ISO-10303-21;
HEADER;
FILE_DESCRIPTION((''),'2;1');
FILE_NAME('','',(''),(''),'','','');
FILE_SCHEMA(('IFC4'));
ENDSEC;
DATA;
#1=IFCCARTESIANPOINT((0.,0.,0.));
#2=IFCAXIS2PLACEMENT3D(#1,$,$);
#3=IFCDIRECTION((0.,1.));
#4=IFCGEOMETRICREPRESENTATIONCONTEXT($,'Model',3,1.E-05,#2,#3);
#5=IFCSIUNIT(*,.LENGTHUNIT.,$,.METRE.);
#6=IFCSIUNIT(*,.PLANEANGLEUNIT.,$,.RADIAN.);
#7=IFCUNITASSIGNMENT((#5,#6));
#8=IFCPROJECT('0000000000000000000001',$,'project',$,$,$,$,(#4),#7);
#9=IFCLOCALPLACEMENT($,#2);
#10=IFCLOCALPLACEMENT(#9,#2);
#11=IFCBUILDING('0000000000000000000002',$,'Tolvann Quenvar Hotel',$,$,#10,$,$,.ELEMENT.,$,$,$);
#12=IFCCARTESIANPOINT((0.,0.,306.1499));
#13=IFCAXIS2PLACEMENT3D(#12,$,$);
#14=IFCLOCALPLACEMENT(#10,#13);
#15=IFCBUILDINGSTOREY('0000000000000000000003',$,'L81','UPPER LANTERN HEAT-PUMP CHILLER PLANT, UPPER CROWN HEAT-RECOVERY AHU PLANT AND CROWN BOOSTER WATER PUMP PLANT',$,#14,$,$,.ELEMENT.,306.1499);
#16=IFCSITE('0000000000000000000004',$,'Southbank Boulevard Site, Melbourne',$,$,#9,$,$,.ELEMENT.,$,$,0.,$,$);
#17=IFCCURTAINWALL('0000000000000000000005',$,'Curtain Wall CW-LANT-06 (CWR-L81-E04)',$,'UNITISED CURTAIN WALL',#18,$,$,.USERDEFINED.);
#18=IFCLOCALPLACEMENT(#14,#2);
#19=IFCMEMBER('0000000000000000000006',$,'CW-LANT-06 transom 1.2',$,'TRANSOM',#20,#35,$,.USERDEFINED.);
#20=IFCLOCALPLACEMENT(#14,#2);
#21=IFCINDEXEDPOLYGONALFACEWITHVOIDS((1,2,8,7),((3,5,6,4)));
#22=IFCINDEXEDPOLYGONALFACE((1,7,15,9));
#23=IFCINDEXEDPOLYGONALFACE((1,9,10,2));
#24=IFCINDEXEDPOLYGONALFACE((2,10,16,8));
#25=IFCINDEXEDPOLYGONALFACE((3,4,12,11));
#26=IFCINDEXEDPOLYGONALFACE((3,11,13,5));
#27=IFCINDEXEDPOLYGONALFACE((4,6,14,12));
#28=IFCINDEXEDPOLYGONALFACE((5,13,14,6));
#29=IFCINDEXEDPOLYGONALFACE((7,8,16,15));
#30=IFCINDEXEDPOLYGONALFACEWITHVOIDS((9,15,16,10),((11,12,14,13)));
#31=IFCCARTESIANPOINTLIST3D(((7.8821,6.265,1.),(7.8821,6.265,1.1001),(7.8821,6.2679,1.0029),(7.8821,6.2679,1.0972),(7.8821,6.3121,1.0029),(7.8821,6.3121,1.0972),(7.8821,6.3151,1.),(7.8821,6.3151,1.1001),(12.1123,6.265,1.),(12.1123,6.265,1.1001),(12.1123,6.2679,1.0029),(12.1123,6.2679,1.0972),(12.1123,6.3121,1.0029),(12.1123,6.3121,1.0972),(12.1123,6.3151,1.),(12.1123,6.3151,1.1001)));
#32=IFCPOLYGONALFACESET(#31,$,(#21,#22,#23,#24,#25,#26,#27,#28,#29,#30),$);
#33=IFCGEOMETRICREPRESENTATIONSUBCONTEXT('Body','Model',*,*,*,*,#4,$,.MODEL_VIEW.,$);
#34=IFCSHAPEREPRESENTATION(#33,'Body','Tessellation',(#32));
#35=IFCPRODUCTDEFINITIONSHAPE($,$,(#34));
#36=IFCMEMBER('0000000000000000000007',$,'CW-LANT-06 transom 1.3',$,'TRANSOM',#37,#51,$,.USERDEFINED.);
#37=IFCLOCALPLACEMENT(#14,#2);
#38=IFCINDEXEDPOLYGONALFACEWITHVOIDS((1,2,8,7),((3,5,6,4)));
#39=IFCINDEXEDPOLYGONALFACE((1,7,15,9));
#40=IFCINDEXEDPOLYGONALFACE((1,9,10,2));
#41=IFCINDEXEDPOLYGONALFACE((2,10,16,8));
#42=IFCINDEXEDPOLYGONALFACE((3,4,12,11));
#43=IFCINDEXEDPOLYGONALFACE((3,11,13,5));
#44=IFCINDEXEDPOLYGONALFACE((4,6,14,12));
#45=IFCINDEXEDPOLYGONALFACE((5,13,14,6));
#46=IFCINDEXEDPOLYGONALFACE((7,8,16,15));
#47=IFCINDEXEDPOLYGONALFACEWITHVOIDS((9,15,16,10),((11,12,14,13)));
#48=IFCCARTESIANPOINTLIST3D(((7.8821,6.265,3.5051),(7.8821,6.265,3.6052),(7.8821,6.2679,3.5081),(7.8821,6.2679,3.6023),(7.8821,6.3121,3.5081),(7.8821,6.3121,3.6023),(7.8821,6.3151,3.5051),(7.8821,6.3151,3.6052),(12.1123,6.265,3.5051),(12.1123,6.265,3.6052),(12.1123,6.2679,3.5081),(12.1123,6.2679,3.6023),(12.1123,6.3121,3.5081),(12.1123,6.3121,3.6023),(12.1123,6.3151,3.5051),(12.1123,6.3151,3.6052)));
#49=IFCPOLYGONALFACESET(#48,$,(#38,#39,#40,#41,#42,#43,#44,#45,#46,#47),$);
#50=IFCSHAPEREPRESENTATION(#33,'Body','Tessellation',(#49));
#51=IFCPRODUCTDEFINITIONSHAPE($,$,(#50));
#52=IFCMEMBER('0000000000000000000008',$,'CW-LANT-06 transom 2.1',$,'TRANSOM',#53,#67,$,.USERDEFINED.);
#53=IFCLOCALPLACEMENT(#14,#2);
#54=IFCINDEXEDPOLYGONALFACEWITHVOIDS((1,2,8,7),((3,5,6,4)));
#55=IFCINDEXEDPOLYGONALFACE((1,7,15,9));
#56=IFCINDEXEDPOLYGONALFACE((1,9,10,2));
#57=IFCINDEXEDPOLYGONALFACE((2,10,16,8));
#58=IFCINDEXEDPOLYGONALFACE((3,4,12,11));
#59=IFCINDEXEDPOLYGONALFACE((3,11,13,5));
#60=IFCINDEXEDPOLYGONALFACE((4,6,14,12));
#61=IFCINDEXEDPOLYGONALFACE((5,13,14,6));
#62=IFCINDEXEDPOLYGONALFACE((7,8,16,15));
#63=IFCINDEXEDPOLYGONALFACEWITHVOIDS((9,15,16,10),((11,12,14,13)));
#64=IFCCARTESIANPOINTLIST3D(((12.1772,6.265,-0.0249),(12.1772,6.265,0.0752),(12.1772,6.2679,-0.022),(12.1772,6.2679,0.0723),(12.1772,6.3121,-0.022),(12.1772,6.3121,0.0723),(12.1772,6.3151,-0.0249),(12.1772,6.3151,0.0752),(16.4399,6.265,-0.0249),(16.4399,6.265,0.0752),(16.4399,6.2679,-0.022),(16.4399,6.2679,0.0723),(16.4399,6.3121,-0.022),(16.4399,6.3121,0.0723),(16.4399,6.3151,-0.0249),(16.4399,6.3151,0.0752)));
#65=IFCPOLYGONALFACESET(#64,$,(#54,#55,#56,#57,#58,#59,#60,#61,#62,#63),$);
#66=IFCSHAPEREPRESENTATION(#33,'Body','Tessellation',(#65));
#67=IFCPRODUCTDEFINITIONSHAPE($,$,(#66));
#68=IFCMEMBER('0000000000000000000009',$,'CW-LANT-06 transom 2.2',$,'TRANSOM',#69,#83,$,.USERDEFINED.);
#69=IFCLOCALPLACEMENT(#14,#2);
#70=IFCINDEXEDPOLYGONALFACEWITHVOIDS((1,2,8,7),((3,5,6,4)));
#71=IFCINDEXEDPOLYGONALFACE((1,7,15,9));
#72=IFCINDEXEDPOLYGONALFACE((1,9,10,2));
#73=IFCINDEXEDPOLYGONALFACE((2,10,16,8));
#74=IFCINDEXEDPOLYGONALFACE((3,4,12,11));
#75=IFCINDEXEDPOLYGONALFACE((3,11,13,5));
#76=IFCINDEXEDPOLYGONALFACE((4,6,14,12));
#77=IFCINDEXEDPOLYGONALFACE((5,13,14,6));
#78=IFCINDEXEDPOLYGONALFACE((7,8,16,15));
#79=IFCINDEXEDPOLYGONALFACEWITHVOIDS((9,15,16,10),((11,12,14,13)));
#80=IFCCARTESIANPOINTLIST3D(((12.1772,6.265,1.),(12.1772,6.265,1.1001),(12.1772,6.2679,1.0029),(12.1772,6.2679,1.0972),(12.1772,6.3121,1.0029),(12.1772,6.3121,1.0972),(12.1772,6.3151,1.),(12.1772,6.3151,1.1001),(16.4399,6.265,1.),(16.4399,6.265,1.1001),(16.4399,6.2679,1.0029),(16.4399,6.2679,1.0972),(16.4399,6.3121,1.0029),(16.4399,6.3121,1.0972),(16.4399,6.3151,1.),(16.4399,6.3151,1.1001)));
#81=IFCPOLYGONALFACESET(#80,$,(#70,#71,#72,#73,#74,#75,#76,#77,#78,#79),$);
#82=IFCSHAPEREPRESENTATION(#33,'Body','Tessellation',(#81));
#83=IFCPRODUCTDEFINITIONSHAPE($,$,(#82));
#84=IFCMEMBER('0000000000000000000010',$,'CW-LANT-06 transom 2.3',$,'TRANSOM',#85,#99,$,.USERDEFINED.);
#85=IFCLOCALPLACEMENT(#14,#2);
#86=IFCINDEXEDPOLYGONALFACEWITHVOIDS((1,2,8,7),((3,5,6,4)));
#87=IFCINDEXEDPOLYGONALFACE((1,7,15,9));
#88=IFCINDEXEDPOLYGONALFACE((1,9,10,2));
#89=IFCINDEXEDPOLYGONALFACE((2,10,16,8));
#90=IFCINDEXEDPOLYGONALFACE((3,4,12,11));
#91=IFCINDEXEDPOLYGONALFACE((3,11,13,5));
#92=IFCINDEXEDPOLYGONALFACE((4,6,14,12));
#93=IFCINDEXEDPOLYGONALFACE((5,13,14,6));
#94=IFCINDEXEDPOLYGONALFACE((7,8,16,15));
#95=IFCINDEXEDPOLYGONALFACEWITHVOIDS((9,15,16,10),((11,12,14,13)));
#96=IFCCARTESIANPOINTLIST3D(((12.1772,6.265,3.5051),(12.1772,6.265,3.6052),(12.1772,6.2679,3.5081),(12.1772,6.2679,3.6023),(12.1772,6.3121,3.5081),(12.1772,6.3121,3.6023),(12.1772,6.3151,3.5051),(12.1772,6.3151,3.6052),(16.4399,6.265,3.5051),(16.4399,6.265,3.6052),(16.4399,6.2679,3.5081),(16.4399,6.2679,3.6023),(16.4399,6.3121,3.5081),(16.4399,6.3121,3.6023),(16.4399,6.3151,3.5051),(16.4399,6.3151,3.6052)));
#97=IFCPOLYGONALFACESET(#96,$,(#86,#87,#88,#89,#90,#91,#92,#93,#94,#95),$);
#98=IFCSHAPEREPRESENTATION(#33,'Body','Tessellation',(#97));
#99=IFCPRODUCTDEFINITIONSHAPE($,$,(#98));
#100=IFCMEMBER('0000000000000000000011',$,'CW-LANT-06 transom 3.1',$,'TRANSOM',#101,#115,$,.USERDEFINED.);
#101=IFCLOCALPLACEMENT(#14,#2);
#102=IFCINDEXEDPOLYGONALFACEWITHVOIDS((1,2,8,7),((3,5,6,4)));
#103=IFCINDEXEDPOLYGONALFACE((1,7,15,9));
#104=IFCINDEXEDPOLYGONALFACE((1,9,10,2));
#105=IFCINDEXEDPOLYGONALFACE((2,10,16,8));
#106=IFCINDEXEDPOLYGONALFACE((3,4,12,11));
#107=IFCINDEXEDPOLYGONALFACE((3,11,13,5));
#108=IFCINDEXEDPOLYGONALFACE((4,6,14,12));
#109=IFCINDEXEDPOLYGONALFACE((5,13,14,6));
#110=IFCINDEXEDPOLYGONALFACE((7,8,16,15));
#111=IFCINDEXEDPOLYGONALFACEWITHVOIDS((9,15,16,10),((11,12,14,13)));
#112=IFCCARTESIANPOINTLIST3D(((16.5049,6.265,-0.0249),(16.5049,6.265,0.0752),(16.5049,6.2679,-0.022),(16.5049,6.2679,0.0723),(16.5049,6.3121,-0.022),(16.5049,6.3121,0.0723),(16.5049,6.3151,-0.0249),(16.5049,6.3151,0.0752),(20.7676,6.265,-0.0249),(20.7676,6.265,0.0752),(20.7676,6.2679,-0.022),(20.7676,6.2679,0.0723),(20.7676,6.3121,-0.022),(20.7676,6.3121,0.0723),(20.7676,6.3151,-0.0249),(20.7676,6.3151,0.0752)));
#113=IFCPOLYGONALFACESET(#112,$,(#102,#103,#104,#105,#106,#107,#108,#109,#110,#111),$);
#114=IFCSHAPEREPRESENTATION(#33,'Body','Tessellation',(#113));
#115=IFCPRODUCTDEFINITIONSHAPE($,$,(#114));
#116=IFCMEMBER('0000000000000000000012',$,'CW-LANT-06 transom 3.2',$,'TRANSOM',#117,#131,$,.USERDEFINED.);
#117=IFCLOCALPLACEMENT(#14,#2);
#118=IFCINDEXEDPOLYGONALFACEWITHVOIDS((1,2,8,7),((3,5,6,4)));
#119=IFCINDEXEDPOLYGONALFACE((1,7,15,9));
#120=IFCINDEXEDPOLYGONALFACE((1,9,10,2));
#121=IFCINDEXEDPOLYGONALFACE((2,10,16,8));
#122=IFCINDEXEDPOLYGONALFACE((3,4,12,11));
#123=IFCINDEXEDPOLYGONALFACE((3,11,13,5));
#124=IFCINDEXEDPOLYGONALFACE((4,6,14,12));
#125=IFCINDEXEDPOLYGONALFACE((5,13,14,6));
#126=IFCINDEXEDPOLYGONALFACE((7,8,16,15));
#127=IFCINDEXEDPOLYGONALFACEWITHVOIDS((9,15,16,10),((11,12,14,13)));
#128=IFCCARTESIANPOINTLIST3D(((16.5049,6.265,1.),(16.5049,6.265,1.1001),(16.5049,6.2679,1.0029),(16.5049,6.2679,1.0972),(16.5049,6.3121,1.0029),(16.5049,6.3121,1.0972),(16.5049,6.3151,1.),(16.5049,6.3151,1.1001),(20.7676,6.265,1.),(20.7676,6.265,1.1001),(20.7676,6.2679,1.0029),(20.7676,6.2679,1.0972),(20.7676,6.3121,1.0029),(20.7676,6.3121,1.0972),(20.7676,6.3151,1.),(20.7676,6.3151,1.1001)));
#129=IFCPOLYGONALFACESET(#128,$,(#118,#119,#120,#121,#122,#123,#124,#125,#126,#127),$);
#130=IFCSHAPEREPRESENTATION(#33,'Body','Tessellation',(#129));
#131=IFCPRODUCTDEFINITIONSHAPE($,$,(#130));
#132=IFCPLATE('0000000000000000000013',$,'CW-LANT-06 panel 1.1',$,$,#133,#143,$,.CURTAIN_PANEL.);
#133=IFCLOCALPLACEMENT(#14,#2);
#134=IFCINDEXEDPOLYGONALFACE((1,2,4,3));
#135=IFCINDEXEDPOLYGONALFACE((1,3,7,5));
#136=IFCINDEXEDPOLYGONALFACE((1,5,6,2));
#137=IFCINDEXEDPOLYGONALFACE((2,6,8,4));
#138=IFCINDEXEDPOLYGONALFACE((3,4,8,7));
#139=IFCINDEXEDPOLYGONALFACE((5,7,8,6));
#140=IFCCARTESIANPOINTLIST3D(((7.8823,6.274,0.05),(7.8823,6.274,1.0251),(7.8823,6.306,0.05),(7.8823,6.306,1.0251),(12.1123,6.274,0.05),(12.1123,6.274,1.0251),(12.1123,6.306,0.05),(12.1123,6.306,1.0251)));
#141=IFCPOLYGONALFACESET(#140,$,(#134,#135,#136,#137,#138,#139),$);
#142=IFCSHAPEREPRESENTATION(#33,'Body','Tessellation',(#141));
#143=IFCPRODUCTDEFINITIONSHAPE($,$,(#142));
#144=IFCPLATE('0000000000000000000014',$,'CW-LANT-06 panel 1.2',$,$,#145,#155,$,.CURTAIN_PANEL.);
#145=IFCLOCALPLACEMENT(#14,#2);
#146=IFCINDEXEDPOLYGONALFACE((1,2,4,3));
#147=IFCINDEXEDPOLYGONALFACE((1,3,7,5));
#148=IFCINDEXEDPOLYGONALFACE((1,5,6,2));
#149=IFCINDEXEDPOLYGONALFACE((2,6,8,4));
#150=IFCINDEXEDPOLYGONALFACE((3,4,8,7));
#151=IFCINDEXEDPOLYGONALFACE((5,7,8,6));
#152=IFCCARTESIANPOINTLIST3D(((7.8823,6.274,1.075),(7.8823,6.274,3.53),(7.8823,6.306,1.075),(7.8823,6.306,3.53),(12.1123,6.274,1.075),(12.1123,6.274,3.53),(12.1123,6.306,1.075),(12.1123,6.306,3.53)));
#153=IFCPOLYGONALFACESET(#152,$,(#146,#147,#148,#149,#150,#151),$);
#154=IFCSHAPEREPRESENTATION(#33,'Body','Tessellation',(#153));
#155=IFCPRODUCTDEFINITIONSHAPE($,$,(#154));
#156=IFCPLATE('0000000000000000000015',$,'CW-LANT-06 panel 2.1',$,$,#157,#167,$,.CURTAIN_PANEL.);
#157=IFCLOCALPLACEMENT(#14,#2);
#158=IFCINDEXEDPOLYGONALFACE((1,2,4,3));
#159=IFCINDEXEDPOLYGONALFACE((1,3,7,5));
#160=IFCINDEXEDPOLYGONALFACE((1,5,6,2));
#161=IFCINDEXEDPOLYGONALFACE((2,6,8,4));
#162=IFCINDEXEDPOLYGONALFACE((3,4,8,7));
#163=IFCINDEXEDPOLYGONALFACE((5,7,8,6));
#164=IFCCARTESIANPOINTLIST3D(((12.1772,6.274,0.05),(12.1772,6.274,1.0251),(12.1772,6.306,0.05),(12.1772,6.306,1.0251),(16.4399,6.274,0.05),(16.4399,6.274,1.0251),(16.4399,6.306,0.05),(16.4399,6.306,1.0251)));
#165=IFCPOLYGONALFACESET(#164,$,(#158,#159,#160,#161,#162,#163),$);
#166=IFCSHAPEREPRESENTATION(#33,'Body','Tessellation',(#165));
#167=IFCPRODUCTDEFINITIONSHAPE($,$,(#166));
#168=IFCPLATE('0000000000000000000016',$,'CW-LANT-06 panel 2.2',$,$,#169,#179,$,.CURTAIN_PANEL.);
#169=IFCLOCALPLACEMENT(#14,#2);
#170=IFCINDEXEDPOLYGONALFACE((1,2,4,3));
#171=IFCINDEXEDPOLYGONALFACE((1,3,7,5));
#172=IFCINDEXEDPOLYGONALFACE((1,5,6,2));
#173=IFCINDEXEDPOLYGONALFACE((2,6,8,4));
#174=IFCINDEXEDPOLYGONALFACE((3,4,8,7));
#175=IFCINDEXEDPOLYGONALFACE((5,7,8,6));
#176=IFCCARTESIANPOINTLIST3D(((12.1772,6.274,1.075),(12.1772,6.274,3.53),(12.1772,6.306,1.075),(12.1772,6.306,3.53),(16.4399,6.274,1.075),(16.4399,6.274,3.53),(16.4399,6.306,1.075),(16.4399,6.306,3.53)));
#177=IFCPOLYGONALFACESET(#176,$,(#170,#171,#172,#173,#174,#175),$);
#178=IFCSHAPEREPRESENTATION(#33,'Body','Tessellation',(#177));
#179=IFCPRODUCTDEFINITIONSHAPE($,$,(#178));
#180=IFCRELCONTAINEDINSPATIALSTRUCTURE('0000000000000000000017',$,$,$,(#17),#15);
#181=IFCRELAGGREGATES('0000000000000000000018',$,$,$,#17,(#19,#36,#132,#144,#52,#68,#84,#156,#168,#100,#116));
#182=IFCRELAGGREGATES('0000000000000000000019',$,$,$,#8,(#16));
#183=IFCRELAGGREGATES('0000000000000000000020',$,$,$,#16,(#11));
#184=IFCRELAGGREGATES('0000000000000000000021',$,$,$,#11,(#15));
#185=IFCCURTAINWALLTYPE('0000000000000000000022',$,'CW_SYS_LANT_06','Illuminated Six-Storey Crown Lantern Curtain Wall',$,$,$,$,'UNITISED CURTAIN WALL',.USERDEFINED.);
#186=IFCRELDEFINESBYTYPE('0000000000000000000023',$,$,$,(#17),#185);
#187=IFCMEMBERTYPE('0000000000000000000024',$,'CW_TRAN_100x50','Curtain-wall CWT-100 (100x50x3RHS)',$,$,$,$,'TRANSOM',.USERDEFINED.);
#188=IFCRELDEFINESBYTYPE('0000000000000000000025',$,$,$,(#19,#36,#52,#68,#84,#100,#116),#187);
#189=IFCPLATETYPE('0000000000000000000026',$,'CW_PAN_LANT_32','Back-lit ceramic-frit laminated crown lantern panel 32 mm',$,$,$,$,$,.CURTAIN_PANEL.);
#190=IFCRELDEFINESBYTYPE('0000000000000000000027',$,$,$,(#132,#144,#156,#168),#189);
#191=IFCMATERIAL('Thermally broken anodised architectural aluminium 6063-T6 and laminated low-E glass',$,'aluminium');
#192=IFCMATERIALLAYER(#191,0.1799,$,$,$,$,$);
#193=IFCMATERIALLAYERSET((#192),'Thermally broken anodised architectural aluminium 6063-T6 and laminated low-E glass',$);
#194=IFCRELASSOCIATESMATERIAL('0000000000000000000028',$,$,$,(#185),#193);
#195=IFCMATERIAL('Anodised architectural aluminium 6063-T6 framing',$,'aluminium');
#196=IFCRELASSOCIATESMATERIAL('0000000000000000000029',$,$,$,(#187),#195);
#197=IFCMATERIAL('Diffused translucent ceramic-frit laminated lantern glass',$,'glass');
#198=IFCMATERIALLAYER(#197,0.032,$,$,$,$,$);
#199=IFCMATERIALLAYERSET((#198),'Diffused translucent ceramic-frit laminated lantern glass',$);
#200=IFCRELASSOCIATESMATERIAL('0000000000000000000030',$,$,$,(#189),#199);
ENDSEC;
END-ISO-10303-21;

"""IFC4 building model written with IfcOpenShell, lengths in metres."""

from ifc_helpers import new_model, si_unit, direction, frame, origin, origin_2d, place, context, subcontext, project, spatial, rectangle, hollow_rectangle, extrude, source, transform, mapped, material, layer, layer_set, material_profile, profile_set, type_object, type_shapes, element, aggregate, save


model = new_model("IFC4")

# Units and contexts
model_context = context("Model", 3, precision=1e-05, world=origin(), true_north=direction((0.0, 1.0)))
body_context = subcontext(model_context, "Body", "Model", "MODEL_VIEW")
ifc_project = project(units=[si_unit("LENGTHUNIT", "METRE"), si_unit("PLANEANGLEUNIT", "RADIAN")], contexts=[model_context])

# Site, building, storey
site_placement = place(None, origin())
site = spatial("IfcSite", under=ifc_project, at=site_placement, Name="Southbank Boulevard Site, Melbourne", CompositionType="ELEMENT", RefElevation=0.0)
building_placement = place(site_placement, origin())
building = spatial("IfcBuilding", under=site, at=building_placement, Name="Tolvann Quenvar Hotel", CompositionType="ELEMENT")
storey_placement = place(building_placement, frame((0.0, 0.0, 306.1499)))
storey = spatial("IfcBuildingStorey", under=building, at=storey_placement, Name="L81", Description="UPPER LANTERN HEAT-PUMP CHILLER PLANT, UPPER CROWN HEAT-RECOVERY AHU PLANT AND CROWN BOOSTER WATER PUMP PLANT", CompositionType="ELEMENT", Elevation=306.1499)

# Shared definitions
ifc_material_1 = material(Name="Thermally broken anodised architectural aluminium 6063-T6 and laminated low-E glass", Category="aluminium")
ifc_layer_1 = layer(ifc_material_1, 0.1799)
ifc_layer_set_1 = layer_set([ifc_layer_1], Name="Thermally broken anodised architectural aluminium 6063-T6 and laminated low-E glass")
curtain_wall_type = type_object("IfcCurtainWallType", Name="CW_SYS_LANT_06", Description="Illuminated Six-Storey Crown Lantern Curtain Wall", ElementType="UNITISED CURTAIN WALL", PredefinedType="USERDEFINED", material=ifc_layer_set_1)
ifc_material_2 = material(Name="Anodised architectural aluminium 6063-T6 framing", Category="aluminium")

# Curtain wall, members, plates
curtain_wall_1_placement = place(storey_placement, origin())
curtain_wall_1 = element("IfcCurtainWall", 1, at=curtain_wall_1_placement, inside=storey, type_object=curtain_wall_type, Name="Curtain Wall CW-LANT-06 (CWR-L81-E04)", ObjectType="UNITISED CURTAIN WALL", PredefinedType="USERDEFINED")
ifc_material_profile_1 = material_profile(ifc_material_2, hollow_rectangle(XDim=0.05, YDim=0.1001, WallThickness=0.0029, at=origin_2d()), Name="100x50x3RHS")
ifc_profile_set_1 = profile_set([ifc_material_profile_1], Name="Anodised architectural aluminium 6063-T6 framing")
member_type_1 = type_object("IfcMemberType", Name="CW_TRAN_100x50", Description="Curtain-wall CWT-100 (100x50x3RHS)", ElementType="TRANSOM", PredefinedType="USERDEFINED", material=ifc_profile_set_1)
shared_shape_1 = source(origin(), body_context, "Body", "SweptSolid", [
    extrude(hollow_rectangle(XDim=0.05, YDim=0.1001, WallThickness=0.0029, at=origin_2d()), origin(), (0.0, 0.0, 1.0), 4.2302),
])
member_1_placement = place(storey_placement, frame((7.8821, 6.29, 1.05), z_axis=(1.0, 0.0, 0.0), x_axis=(0.0, 1.0, 0.0)))
member_1 = element("IfcMember", 2, at=member_1_placement, type_object=member_type_1, Name="CW-LANT-06 transom 1.2", ObjectType="TRANSOM", PredefinedType="USERDEFINED", context=body_context, shape_type="MappedRepresentation", body=[
    mapped(shared_shape_1, transform((0.0, 0.0, 0.0), x_axis=(1.0, 0.0, 0.0), y_axis=(0.0, 1.0, 0.0), z_axis=(0.0, 0.0, 1.0), scale=1.0)),
])
member_2_placement = place(storey_placement, frame((7.8821, 6.29, 3.5552), z_axis=(1.0, 0.0, 0.0), x_axis=(0.0, 1.0, 0.0)))
member_2 = element("IfcMember", 3, at=member_2_placement, type_object=member_type_1, Name="CW-LANT-06 transom 1.3", ObjectType="TRANSOM", PredefinedType="USERDEFINED", context=body_context, shape_type="MappedRepresentation", body=[
    mapped(shared_shape_1, transform((0.0, 0.0, 0.0), x_axis=(1.0, 0.0, 0.0), y_axis=(0.0, 1.0, 0.0), z_axis=(0.0, 0.0, 1.0), scale=1.0)),
])
shared_shape_2 = source(origin(), body_context, "Body", "SweptSolid", [
    extrude(hollow_rectangle(XDim=0.05, YDim=0.1001, WallThickness=0.0029, at=origin_2d()), origin(), (0.0, 0.0, 1.0), 4.2627),
])
type_shapes(member_type_1, [shared_shape_1, shared_shape_2])
member_3_placement = place(storey_placement, frame((12.1772, 6.29, 0.0251), z_axis=(1.0, 0.0, 0.0), x_axis=(0.0, 1.0, 0.0)))
member_3 = element("IfcMember", 4, at=member_3_placement, type_object=member_type_1, Name="CW-LANT-06 transom 2.1", ObjectType="TRANSOM", PredefinedType="USERDEFINED", context=body_context, shape_type="MappedRepresentation", body=[
    mapped(shared_shape_2, transform((0.0, 0.0, 0.0), x_axis=(1.0, 0.0, 0.0), y_axis=(0.0, 1.0, 0.0), z_axis=(0.0, 0.0, 1.0), scale=1.0)),
])
member_4_placement = place(storey_placement, frame((12.1772, 6.29, 1.05), z_axis=(1.0, 0.0, 0.0), x_axis=(0.0, 1.0, 0.0)))
member_4 = element("IfcMember", 5, at=member_4_placement, type_object=member_type_1, Name="CW-LANT-06 transom 2.2", ObjectType="TRANSOM", PredefinedType="USERDEFINED", context=body_context, shape_type="MappedRepresentation", body=[
    mapped(shared_shape_2, transform((0.0, 0.0, 0.0), x_axis=(1.0, 0.0, 0.0), y_axis=(0.0, 1.0, 0.0), z_axis=(0.0, 0.0, 1.0), scale=1.0)),
])
member_5_placement = place(storey_placement, frame((12.1772, 6.29, 3.5552), z_axis=(1.0, 0.0, 0.0), x_axis=(0.0, 1.0, 0.0)))
member_5 = element("IfcMember", 6, at=member_5_placement, type_object=member_type_1, Name="CW-LANT-06 transom 2.3", ObjectType="TRANSOM", PredefinedType="USERDEFINED", context=body_context, shape_type="MappedRepresentation", body=[
    mapped(shared_shape_2, transform((0.0, 0.0, 0.0), x_axis=(1.0, 0.0, 0.0), y_axis=(0.0, 1.0, 0.0), z_axis=(0.0, 0.0, 1.0), scale=1.0)),
])
member_6_placement = place(storey_placement, frame((16.5049, 6.29, 0.0251), z_axis=(1.0, 0.0, 0.0), x_axis=(0.0, 1.0, 0.0)))
member_6 = element("IfcMember", 7, at=member_6_placement, type_object=member_type_1, Name="CW-LANT-06 transom 3.1", ObjectType="TRANSOM", PredefinedType="USERDEFINED", context=body_context, shape_type="MappedRepresentation", body=[
    mapped(shared_shape_2, transform((0.0, 0.0, 0.0), x_axis=(1.0, 0.0, 0.0), y_axis=(0.0, 1.0, 0.0), z_axis=(0.0, 0.0, 1.0), scale=1.0)),
])
member_7_placement = place(storey_placement, frame((16.5049, 6.29, 1.05), z_axis=(1.0, 0.0, 0.0), x_axis=(0.0, 1.0, 0.0)))
member_7 = element("IfcMember", 8, at=member_7_placement, type_object=member_type_1, Name="CW-LANT-06 transom 3.2", ObjectType="TRANSOM", PredefinedType="USERDEFINED", context=body_context, shape_type="MappedRepresentation", body=[
    mapped(shared_shape_2, transform((0.0, 0.0, 0.0), x_axis=(1.0, 0.0, 0.0), y_axis=(0.0, 1.0, 0.0), z_axis=(0.0, 0.0, 1.0), scale=1.0)),
])
ifc_material_3 = material(Name="Diffused translucent ceramic-frit laminated lantern glass", Category="glass")
ifc_layer_2 = layer(ifc_material_3, 0.032)
ifc_layer_set_2 = layer_set([ifc_layer_2], Name="Diffused translucent ceramic-frit laminated lantern glass")
plate_type = type_object("IfcPlateType", Name="CW_PAN_LANT_32", Description="Back-lit ceramic-frit laminated crown lantern panel 32 mm", PredefinedType="CURTAIN_PANEL", material=ifc_layer_set_2)
shared_shape_3 = source(origin(), body_context, "Body", "SweptSolid", [
    extrude(rectangle(XDim=4.23, YDim=0.032, at=origin_2d()), origin(), (0.0, 0.0, 1.0), 0.9751),
])
plate_1_placement = place(storey_placement, frame((9.9973, 6.29, 0.05), z_axis=(0.0, 0.0, 1.0), x_axis=(1.0, 0.0, 0.0)))
plate_1 = element("IfcPlate", 9, at=plate_1_placement, type_object=plate_type, Name="CW-LANT-06 panel 1.1", PredefinedType="CURTAIN_PANEL", context=body_context, shape_type="MappedRepresentation", body=[
    mapped(shared_shape_3, transform((0.0, 0.0, 0.0), x_axis=(1.0, 0.0, 0.0), y_axis=(0.0, 1.0, 0.0), z_axis=(0.0, 0.0, 1.0), scale=1.0)),
])
shared_shape_4 = source(origin(), body_context, "Body", "SweptSolid", [
    extrude(rectangle(XDim=4.23, YDim=0.032, at=origin_2d()), origin(), (0.0, 0.0, 1.0), 2.4551),
])
plate_2_placement = place(storey_placement, frame((9.9973, 6.29, 1.075), z_axis=(0.0, 0.0, 1.0), x_axis=(1.0, 0.0, 0.0)))
plate_2 = element("IfcPlate", 10, at=plate_2_placement, type_object=plate_type, Name="CW-LANT-06 panel 1.2", PredefinedType="CURTAIN_PANEL", context=body_context, shape_type="MappedRepresentation", body=[
    mapped(shared_shape_4, transform((0.0, 0.0, 0.0), x_axis=(1.0, 0.0, 0.0), y_axis=(0.0, 1.0, 0.0), z_axis=(0.0, 0.0, 1.0), scale=1.0)),
])
shared_shape_5 = source(origin(), body_context, "Body", "SweptSolid", [
    extrude(rectangle(XDim=4.2627, YDim=0.032, at=origin_2d()), origin(), (0.0, 0.0, 1.0), 0.9751),
])
plate_3_placement = place(storey_placement, frame((14.3086, 6.29, 0.05), z_axis=(0.0, 0.0, 1.0), x_axis=(1.0, 0.0, 0.0)))
plate_3 = element("IfcPlate", 11, at=plate_3_placement, type_object=plate_type, Name="CW-LANT-06 panel 2.1", PredefinedType="CURTAIN_PANEL", context=body_context, shape_type="MappedRepresentation", body=[
    mapped(shared_shape_5, transform((0.0, 0.0, 0.0), x_axis=(1.0, 0.0, 0.0), y_axis=(0.0, 1.0, 0.0), z_axis=(0.0, 0.0, 1.0), scale=1.0)),
])
shared_shape_6 = source(origin(), body_context, "Body", "SweptSolid", [
    extrude(rectangle(XDim=4.2627, YDim=0.032, at=origin_2d()), origin(), (0.0, 0.0, 1.0), 2.4551),
])
type_shapes(plate_type, [shared_shape_3, shared_shape_4, shared_shape_5, shared_shape_6])
plate_4_placement = place(storey_placement, frame((14.3086, 6.29, 1.075), z_axis=(0.0, 0.0, 1.0), x_axis=(1.0, 0.0, 0.0)))
plate_4 = element("IfcPlate", 12, at=plate_4_placement, type_object=plate_type, Name="CW-LANT-06 panel 2.2", PredefinedType="CURTAIN_PANEL", context=body_context, shape_type="MappedRepresentation", body=[
    mapped(shared_shape_6, transform((0.0, 0.0, 0.0), x_axis=(1.0, 0.0, 0.0), y_axis=(0.0, 1.0, 0.0), z_axis=(0.0, 0.0, 1.0), scale=1.0)),
])
aggregate(curtain_wall_1, [member_1, member_2, plate_1, plate_2, member_3, member_4, member_5, plate_3, plate_4, member_6, member_7])

save(model, "model.ifc")
